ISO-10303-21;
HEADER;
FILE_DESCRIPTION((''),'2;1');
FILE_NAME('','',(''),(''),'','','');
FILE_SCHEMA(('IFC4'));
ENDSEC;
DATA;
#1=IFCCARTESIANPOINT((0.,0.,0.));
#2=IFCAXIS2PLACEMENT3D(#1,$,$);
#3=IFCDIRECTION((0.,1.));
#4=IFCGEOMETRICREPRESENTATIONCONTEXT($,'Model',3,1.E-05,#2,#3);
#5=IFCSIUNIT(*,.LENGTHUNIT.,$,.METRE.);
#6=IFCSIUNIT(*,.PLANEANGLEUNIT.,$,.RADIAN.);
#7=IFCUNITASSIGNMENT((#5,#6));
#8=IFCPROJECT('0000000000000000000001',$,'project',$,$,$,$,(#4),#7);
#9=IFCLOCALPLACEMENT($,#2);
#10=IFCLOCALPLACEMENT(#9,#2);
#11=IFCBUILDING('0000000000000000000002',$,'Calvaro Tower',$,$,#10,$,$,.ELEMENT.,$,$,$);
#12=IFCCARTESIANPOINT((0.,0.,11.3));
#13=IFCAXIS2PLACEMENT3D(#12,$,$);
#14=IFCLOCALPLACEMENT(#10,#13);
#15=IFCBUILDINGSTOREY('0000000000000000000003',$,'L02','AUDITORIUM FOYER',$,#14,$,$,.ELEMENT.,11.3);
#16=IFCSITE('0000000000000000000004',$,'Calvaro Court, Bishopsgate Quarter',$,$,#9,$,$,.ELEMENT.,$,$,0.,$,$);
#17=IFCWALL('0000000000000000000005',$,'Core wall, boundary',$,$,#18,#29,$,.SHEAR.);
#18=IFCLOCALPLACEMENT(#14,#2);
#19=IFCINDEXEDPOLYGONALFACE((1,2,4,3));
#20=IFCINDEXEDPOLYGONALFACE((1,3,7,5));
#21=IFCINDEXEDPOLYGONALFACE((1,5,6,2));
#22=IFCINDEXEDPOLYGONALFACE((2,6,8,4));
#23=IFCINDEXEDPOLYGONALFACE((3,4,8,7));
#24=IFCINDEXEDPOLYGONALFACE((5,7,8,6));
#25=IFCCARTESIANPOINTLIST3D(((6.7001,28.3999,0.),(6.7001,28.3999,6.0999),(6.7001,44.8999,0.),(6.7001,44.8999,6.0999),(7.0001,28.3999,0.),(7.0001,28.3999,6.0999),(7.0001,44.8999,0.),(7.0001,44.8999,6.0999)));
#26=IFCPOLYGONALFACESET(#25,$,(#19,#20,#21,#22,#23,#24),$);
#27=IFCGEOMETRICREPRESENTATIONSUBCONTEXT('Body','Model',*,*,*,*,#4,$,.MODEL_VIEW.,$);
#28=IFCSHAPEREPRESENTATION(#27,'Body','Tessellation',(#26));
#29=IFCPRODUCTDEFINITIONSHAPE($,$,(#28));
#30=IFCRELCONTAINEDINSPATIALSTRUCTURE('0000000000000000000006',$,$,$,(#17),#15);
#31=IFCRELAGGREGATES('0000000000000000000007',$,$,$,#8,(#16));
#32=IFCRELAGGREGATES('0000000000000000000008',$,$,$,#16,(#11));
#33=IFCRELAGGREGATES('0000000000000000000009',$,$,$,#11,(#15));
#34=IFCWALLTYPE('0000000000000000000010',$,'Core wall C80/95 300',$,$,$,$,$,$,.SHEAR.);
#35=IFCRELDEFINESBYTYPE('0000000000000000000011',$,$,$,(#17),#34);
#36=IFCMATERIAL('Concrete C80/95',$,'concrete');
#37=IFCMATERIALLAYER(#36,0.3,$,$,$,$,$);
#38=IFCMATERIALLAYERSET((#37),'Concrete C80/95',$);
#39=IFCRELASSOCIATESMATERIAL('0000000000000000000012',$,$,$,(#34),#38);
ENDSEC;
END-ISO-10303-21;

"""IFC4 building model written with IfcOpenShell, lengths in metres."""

from ifc_helpers import new_model, si_unit, direction, frame, frame_2d, origin, place, context, subcontext, project, spatial, rectangle, extrude, material, layer, layer_set, type_object, element, save


model = new_model("IFC4")

# Units and contexts
model_context = context("Model", 3, precision=1e-05, world=origin(), true_north=direction((0.0, 1.0)))
body_context = subcontext(model_context, "Body", "Model", "MODEL_VIEW")
ifc_project = project(units=[si_unit("LENGTHUNIT", "METRE"), si_unit("PLANEANGLEUNIT", "RADIAN")], contexts=[model_context])

# Site, building, storey
site_placement = place(None, origin())
site = spatial("IfcSite", under=ifc_project, at=site_placement, Name="Calvaro Court, Bishopsgate Quarter", CompositionType="ELEMENT", RefElevation=0.0)
building_placement = place(site_placement, origin())
building = spatial("IfcBuilding", under=site, at=building_placement, Name="Calvaro Tower", CompositionType="ELEMENT")
storey_placement = place(building_placement, frame((0.0, 0.0, 11.3)))
storey = spatial("IfcBuildingStorey", under=building, at=storey_placement, Name="L02", Description="AUDITORIUM FOYER", CompositionType="ELEMENT", Elevation=11.3)

# Wall
ifc_material_1 = material(Name="Concrete C80/95", Category="concrete")
ifc_layer_1 = layer(ifc_material_1, 0.3)
ifc_layer_set_1 = layer_set([ifc_layer_1], Name="Concrete C80/95")
wall_type_1 = type_object("IfcWallType", Name="Core wall C80/95 300", PredefinedType="SHEAR", material=ifc_layer_set_1)
wall_1_placement = place(storey_placement, frame((6.8501, 28.3999, 0.0), z_axis=(0.0, 0.0, 1.0), x_axis=(0.0, 1.0, 0.0)))
element("IfcWall", 1, at=wall_1_placement, inside=storey, type_object=wall_type_1, Name="Core wall, boundary", PredefinedType="SHEAR", context=body_context, shape_type="SweptSolid", body=[
    extrude(rectangle(XDim=16.5, YDim=0.3, at=frame_2d((8.25, 0.0))), origin(), (0.0, 0.0, 1.0), 6.0999),
])

save(model, "model.ifc")
